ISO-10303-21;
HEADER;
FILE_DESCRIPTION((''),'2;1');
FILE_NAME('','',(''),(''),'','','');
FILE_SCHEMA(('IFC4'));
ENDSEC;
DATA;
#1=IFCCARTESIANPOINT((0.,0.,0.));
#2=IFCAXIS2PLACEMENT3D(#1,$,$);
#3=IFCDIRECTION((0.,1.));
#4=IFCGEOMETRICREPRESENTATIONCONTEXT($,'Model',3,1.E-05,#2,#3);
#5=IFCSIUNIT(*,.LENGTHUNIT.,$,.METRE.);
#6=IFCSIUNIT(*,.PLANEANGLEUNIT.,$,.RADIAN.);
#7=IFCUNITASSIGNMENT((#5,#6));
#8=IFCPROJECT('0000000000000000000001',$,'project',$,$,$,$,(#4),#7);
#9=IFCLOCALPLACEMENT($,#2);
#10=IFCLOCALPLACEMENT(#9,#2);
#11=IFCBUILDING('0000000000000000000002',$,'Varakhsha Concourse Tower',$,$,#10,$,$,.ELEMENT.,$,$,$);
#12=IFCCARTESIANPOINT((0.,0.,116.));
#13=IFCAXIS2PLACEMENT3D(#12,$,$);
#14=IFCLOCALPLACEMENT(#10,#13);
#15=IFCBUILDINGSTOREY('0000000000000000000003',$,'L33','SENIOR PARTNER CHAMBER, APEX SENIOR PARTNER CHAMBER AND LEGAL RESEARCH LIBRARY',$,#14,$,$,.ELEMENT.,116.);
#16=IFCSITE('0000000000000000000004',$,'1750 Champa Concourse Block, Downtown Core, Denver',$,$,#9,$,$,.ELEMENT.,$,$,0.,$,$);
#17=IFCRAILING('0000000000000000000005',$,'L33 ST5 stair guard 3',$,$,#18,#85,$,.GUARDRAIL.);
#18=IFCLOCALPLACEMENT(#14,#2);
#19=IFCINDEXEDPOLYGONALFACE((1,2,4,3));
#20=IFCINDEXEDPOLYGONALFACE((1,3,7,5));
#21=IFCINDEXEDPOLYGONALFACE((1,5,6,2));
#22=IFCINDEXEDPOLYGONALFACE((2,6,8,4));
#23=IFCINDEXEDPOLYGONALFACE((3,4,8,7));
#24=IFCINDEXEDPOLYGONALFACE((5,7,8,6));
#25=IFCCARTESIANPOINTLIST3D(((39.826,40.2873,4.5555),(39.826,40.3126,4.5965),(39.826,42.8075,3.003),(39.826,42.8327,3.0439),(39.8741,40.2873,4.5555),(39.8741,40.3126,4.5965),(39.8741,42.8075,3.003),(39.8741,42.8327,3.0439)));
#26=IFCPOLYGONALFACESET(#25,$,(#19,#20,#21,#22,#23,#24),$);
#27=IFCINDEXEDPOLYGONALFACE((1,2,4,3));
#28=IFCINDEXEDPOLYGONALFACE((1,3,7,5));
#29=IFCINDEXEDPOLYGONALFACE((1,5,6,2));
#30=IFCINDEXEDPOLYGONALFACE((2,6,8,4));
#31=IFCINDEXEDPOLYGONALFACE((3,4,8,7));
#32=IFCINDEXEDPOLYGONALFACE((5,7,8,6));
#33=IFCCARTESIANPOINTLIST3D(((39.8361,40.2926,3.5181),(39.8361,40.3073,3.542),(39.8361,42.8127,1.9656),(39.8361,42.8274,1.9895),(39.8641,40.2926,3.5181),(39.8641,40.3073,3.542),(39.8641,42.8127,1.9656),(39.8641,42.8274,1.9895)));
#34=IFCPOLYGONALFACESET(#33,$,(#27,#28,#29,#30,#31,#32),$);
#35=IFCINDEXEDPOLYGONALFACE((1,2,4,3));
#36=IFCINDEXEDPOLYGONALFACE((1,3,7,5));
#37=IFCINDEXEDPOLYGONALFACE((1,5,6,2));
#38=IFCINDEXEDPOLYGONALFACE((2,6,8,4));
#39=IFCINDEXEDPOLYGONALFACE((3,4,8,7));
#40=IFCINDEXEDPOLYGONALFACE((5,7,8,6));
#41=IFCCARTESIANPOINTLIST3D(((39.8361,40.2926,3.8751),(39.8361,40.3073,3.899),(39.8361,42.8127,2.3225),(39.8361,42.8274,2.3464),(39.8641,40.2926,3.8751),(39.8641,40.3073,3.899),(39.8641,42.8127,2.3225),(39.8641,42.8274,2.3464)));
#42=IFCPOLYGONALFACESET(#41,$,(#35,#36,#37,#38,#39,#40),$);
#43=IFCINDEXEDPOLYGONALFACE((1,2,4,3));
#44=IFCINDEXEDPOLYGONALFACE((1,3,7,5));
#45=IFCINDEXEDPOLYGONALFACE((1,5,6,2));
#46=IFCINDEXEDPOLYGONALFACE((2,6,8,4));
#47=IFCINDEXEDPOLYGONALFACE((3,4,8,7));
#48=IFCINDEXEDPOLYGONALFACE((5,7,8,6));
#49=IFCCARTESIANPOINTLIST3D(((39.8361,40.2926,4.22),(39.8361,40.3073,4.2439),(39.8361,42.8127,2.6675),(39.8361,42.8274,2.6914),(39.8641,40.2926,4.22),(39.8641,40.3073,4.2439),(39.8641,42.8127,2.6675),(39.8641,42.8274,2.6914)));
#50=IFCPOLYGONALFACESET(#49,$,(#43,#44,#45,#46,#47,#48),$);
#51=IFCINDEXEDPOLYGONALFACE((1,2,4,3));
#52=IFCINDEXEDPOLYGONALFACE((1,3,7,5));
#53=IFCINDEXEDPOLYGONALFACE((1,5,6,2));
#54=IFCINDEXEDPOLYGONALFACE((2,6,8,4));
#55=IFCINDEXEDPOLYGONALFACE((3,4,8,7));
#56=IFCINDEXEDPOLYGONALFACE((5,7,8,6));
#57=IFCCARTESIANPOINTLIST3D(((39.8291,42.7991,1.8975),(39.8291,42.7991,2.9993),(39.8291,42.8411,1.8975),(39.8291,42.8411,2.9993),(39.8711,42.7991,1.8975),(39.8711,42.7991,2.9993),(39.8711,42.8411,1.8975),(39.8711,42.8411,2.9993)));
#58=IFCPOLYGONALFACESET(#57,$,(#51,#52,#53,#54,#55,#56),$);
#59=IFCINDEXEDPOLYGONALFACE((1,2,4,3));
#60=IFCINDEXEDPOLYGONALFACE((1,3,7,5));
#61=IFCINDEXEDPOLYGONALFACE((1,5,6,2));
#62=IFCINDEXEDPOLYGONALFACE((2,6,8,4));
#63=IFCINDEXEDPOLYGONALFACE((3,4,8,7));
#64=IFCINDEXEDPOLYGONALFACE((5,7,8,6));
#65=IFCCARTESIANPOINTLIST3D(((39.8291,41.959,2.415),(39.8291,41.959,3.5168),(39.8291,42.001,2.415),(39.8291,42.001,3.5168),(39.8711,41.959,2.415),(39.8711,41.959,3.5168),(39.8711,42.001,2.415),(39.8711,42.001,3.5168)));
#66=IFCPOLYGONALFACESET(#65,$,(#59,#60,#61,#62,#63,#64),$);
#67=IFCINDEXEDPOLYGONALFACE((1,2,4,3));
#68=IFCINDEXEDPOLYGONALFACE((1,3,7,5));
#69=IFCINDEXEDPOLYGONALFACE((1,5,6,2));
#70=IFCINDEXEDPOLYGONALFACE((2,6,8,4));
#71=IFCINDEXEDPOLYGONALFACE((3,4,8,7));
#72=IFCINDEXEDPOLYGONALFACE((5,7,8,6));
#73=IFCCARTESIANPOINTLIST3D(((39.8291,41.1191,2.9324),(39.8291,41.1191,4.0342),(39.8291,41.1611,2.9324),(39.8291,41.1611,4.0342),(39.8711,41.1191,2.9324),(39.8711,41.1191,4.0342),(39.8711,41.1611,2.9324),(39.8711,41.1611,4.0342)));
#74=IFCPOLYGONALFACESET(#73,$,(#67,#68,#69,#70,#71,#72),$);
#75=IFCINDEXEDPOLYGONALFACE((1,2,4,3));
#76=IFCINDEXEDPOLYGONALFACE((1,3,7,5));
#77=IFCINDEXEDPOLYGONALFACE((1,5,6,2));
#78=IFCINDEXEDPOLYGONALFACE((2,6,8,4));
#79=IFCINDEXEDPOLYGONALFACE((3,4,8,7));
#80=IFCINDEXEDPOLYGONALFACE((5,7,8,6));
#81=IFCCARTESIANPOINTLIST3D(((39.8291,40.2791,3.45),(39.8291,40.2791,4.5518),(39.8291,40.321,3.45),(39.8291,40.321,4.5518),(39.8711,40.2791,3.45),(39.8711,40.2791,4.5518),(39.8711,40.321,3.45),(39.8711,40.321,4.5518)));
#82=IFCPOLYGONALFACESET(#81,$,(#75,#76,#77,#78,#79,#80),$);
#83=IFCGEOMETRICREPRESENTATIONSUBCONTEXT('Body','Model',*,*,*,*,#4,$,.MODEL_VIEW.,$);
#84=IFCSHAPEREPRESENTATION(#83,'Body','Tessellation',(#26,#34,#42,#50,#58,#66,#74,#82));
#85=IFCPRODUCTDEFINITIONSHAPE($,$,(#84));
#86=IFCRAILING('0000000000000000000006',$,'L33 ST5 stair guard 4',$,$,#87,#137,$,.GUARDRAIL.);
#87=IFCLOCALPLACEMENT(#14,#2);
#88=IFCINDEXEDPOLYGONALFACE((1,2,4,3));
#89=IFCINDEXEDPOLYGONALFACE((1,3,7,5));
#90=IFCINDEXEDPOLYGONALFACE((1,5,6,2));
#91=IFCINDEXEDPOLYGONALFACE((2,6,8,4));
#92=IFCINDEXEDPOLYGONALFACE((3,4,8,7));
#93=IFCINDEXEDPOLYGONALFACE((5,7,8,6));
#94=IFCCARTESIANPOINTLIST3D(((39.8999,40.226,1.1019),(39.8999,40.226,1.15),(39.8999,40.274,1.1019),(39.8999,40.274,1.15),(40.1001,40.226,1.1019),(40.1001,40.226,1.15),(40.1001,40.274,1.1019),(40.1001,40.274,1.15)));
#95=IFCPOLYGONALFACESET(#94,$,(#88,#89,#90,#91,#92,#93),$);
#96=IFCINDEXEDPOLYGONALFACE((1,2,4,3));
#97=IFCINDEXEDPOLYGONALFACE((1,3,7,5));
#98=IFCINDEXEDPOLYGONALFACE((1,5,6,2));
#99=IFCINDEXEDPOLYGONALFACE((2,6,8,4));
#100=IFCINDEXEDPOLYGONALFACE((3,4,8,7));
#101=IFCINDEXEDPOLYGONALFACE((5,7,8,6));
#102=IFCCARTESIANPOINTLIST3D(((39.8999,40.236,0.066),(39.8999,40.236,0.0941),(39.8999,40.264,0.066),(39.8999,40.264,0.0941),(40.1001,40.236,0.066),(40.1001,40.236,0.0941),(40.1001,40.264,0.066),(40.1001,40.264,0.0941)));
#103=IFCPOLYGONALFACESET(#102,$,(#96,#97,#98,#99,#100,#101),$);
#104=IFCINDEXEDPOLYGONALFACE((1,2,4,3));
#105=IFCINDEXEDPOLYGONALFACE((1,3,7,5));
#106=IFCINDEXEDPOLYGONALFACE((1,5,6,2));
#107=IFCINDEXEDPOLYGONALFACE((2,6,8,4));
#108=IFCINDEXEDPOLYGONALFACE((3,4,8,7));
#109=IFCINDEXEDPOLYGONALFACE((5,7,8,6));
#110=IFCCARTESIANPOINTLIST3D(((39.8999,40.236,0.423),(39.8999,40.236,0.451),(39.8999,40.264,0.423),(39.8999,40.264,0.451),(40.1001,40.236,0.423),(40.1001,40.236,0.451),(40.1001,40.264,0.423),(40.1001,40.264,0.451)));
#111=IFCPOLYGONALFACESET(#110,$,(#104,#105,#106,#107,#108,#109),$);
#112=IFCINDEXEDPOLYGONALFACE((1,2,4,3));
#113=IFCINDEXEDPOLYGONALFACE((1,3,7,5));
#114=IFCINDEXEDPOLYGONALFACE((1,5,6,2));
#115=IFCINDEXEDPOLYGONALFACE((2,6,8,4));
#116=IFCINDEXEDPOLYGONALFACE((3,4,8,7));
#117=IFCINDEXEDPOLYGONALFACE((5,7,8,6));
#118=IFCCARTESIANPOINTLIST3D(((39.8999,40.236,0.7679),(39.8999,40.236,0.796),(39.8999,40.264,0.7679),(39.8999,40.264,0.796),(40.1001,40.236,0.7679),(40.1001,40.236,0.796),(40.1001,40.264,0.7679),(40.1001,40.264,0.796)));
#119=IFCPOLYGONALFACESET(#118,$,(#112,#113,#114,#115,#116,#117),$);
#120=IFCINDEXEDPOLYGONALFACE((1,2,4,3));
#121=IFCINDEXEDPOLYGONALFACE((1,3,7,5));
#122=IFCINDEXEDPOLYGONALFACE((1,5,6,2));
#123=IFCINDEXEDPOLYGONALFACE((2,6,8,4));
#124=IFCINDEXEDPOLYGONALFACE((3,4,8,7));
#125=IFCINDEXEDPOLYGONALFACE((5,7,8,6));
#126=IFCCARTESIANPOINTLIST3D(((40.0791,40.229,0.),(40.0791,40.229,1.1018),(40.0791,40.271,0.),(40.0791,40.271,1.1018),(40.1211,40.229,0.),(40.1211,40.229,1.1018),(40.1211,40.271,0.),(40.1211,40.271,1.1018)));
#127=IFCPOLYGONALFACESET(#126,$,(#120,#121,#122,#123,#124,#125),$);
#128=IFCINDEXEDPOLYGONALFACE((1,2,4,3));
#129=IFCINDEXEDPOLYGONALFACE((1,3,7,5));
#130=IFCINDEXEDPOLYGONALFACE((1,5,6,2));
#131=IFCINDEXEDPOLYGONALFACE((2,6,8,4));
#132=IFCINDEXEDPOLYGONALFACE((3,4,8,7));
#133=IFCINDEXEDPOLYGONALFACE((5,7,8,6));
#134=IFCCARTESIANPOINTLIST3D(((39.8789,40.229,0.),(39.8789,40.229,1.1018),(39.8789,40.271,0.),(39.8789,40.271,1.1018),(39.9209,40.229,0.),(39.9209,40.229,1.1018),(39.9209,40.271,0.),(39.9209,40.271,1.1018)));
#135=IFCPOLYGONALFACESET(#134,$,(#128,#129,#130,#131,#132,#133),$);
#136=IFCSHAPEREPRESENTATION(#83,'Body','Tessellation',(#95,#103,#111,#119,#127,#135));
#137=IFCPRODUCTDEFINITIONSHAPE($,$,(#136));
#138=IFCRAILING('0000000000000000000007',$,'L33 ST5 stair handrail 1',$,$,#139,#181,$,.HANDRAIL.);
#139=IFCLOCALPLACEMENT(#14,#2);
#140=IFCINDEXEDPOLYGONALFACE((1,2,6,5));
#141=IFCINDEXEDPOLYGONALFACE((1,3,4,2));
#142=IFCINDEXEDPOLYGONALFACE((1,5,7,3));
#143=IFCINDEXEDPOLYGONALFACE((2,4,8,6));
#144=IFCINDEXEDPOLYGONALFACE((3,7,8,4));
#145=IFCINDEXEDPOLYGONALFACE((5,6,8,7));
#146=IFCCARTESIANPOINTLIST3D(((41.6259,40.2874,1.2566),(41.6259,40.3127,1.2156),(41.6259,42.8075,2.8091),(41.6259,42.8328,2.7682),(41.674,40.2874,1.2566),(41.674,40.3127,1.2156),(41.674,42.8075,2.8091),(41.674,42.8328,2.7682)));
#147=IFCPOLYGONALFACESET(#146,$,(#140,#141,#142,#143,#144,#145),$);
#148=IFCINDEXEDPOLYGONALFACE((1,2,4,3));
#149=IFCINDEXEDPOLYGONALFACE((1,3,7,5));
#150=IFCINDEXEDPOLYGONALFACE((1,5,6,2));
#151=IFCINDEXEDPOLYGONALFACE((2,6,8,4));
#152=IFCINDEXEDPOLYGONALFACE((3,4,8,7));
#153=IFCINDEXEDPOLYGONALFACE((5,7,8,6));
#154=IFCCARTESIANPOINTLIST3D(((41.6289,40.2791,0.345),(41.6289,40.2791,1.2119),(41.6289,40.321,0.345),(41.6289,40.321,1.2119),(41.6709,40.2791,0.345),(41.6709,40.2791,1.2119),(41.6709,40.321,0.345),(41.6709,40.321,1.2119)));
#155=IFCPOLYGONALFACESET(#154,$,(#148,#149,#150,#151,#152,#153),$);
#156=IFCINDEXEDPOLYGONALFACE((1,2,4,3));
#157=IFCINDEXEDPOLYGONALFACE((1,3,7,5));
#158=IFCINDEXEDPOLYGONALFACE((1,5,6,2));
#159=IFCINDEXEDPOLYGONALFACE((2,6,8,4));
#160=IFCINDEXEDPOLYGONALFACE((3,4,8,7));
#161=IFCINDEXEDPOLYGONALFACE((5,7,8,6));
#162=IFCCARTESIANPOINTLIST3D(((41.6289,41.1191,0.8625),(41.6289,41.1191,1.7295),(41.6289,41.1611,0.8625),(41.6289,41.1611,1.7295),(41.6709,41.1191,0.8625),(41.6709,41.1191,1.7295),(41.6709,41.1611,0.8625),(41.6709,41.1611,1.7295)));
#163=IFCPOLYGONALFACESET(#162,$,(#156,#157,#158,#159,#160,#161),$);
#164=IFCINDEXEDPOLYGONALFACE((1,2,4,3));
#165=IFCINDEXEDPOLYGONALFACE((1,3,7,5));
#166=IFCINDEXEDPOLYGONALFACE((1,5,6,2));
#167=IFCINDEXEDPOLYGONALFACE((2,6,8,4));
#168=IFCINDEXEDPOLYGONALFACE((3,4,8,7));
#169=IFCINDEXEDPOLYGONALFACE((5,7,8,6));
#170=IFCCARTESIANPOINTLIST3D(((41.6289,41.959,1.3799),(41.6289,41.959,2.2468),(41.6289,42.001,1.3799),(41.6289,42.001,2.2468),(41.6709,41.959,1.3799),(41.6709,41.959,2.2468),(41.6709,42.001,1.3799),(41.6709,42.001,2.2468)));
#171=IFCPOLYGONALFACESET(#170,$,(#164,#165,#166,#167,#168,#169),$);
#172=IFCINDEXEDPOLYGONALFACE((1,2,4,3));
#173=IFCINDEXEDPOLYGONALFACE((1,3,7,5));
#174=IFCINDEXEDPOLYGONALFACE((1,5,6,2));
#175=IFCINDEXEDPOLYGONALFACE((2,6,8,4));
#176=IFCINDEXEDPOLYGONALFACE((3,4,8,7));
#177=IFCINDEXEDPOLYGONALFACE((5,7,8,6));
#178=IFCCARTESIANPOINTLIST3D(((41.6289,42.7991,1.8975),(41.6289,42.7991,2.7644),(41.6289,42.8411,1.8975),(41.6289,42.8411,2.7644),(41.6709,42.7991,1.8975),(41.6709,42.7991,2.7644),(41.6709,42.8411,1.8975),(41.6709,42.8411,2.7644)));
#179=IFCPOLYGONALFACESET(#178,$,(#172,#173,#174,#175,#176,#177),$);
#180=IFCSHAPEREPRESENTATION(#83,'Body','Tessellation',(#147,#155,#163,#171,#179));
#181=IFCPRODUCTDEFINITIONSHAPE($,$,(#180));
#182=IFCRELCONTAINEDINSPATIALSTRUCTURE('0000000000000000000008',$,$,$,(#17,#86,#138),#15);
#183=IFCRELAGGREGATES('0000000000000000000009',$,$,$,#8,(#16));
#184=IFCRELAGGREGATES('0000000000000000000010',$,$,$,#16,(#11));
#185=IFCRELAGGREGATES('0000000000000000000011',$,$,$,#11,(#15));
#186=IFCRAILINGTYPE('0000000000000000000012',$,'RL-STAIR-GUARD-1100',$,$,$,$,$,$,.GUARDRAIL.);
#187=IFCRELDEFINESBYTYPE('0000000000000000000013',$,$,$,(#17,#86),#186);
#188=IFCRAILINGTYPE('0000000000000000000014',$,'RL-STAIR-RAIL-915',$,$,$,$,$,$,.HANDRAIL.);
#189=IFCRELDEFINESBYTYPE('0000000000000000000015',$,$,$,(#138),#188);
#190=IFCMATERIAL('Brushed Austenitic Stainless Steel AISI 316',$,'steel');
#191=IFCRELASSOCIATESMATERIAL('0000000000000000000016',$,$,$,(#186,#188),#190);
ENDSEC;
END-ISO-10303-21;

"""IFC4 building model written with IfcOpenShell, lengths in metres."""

from ifc_helpers import new_model, si_unit, direction, frame, origin, origin_2d, place, context, subcontext, project, spatial, rectangle, extrude, material, type_object, element, save


model = new_model("IFC4")

# Units and contexts
model_context = context("Model", 3, precision=1e-05, world=origin(), true_north=direction((0.0, 1.0)))
body_context = subcontext(model_context, "Body", "Model", "MODEL_VIEW")
ifc_project = project(units=[si_unit("LENGTHUNIT", "METRE"), si_unit("PLANEANGLEUNIT", "RADIAN")], contexts=[model_context])

# Site, building, storey
site_placement = place(None, origin())
site = spatial("IfcSite", under=ifc_project, at=site_placement, Name="1750 Champa Concourse Block, Downtown Core, Denver", CompositionType="ELEMENT", RefElevation=0.0)
building_placement = place(site_placement, origin())
building = spatial("IfcBuilding", under=site, at=building_placement, Name="Varakhsha Concourse Tower", CompositionType="ELEMENT")
storey_placement = place(building_placement, frame((0.0, 0.0, 116.0)))
storey = spatial("IfcBuildingStorey", under=building, at=storey_placement, Name="L33", Description="SENIOR PARTNER CHAMBER, APEX SENIOR PARTNER CHAMBER AND LEGAL RESEARCH LIBRARY", CompositionType="ELEMENT", Elevation=116.0)

# Railings
ifc_material_1 = material(Name="Brushed Austenitic Stainless Steel AISI 316", Category="steel")
railing_type_1 = type_object("IfcRailingType", Name="RL-STAIR-GUARD-1100", PredefinedType="GUARDRAIL", material=ifc_material_1)
railing_1_placement = place(storey_placement, frame((39.8501, 42.8201, 1.8975)))
element("IfcRailing", 1, at=railing_1_placement, inside=storey, type_object=railing_type_1, Name="L33 ST5 stair guard 3", PredefinedType="GUARDRAIL", context=body_context, shape_type="SweptSolid", body=[
    extrude(rectangle(XDim=0.0481, YDim=0.0481, at=origin_2d()), frame((0.0, 0.0, 1.126), z_axis=(0.0, -0.8514, 0.524516), x_axis=(1.0, 0.0, 0.0)), (0.0, 0.0, 1.0), 2.96),
    extrude(rectangle(XDim=0.0281, YDim=0.0281, at=origin_2d()), frame((0.0, 0.0, 0.0801), z_axis=(0.0, -0.8514, 0.524516), x_axis=(1.0, 0.0, 0.0)), (0.0, 0.0, 1.0), 2.96),
    extrude(rectangle(XDim=0.0281, YDim=0.0281, at=origin_2d()), frame((0.0, 0.0, 0.437), z_axis=(0.0, -0.8514, 0.524516), x_axis=(1.0, 0.0, 0.0)), (0.0, 0.0, 1.0), 2.96),
    extrude(rectangle(XDim=0.0281, YDim=0.0281, at=origin_2d()), frame((0.0, 0.0, 0.782), z_axis=(0.0, -0.8514, 0.524516), x_axis=(1.0, 0.0, 0.0)), (0.0, 0.0, 1.0), 2.96),
    extrude(rectangle(XDim=0.042, YDim=0.042, at=origin_2d()), origin(), (0.0, 0.0, 1.0), 1.1018),
    extrude(rectangle(XDim=0.042, YDim=0.042, at=origin_2d()), frame((0.0, -0.8401, 0.5176)), (0.0, 0.0, 1.0), 1.1018),
    extrude(rectangle(XDim=0.042, YDim=0.042, at=origin_2d()), frame((0.0, -1.6799, 1.0349)), (0.0, 0.0, 1.0), 1.1018),
    extrude(rectangle(XDim=0.042, YDim=0.042, at=origin_2d()), frame((0.0, -2.52, 1.5525)), (0.0, 0.0, 1.0), 1.1018),
])
railing_2_placement = place(storey_placement, frame((40.1001, 40.25, 0.0)))
element("IfcRailing", 2, at=railing_2_placement, inside=storey, type_object=railing_type_1, Name="L33 ST5 stair guard 4", PredefinedType="GUARDRAIL", context=body_context, shape_type="SweptSolid", body=[
    extrude(rectangle(XDim=0.0481, YDim=0.0481, at=origin_2d()), frame((0.0, 0.0, 1.126), z_axis=(-1.0, 0.0, 0.0), x_axis=(0.0, -1.0, 0.0)), (0.0, 0.0, 1.0), 0.2002),
    extrude(rectangle(XDim=0.0281, YDim=0.0281, at=origin_2d()), frame((0.0, 0.0, 0.0801), z_axis=(-1.0, 0.0, 0.0), x_axis=(0.0, -1.0, 0.0)), (0.0, 0.0, 1.0), 0.2002),
    extrude(rectangle(XDim=0.0281, YDim=0.0281, at=origin_2d()), frame((0.0, 0.0, 0.437), z_axis=(-1.0, 0.0, 0.0), x_axis=(0.0, -1.0, 0.0)), (0.0, 0.0, 1.0), 0.2002),
    extrude(rectangle(XDim=0.0281, YDim=0.0281, at=origin_2d()), frame((0.0, 0.0, 0.782), z_axis=(-1.0, 0.0, 0.0), x_axis=(0.0, -1.0, 0.0)), (0.0, 0.0, 1.0), 0.2002),
    extrude(rectangle(XDim=0.042, YDim=0.042, at=origin_2d()), origin(), (0.0, 0.0, 1.0), 1.1018),
    extrude(rectangle(XDim=0.042, YDim=0.042, at=origin_2d()), frame((-0.2002, 0.0, 0.0)), (0.0, 0.0, 1.0), 1.1018),
])
railing_type_2 = type_object("IfcRailingType", Name="RL-STAIR-RAIL-915", PredefinedType="HANDRAIL", material=ifc_material_1)
railing_3_placement = place(storey_placement, frame((41.6499, 40.3, 0.345)))
element("IfcRailing", 3, at=railing_3_placement, inside=storey, type_object=railing_type_2, Name="L33 ST5 stair handrail 1", PredefinedType="HANDRAIL", context=body_context, shape_type="SweptSolid", body=[
    extrude(rectangle(XDim=0.0481, YDim=0.0481, at=origin_2d()), frame((0.0, 0.0, 0.8911), z_axis=(0.0, 0.8514, 0.524516), x_axis=(-1.0, 0.0, 0.0)), (0.0, 0.0, 1.0), 2.96),
    extrude(rectangle(XDim=0.042, YDim=0.042, at=origin_2d()), origin(), (0.0, 0.0, 1.0), 0.8669),
    extrude(rectangle(XDim=0.042, YDim=0.042, at=origin_2d()), frame((0.0, 0.8401, 0.5176)), (0.0, 0.0, 1.0), 0.8669),
    extrude(rectangle(XDim=0.042, YDim=0.042, at=origin_2d()), frame((0.0, 1.6799, 1.0349)), (0.0, 0.0, 1.0), 0.8669),
    extrude(rectangle(XDim=0.042, YDim=0.042, at=origin_2d()), frame((0.0, 2.52, 1.5525)), (0.0, 0.0, 1.0), 0.8669),
])

save(model, "model.ifc")
